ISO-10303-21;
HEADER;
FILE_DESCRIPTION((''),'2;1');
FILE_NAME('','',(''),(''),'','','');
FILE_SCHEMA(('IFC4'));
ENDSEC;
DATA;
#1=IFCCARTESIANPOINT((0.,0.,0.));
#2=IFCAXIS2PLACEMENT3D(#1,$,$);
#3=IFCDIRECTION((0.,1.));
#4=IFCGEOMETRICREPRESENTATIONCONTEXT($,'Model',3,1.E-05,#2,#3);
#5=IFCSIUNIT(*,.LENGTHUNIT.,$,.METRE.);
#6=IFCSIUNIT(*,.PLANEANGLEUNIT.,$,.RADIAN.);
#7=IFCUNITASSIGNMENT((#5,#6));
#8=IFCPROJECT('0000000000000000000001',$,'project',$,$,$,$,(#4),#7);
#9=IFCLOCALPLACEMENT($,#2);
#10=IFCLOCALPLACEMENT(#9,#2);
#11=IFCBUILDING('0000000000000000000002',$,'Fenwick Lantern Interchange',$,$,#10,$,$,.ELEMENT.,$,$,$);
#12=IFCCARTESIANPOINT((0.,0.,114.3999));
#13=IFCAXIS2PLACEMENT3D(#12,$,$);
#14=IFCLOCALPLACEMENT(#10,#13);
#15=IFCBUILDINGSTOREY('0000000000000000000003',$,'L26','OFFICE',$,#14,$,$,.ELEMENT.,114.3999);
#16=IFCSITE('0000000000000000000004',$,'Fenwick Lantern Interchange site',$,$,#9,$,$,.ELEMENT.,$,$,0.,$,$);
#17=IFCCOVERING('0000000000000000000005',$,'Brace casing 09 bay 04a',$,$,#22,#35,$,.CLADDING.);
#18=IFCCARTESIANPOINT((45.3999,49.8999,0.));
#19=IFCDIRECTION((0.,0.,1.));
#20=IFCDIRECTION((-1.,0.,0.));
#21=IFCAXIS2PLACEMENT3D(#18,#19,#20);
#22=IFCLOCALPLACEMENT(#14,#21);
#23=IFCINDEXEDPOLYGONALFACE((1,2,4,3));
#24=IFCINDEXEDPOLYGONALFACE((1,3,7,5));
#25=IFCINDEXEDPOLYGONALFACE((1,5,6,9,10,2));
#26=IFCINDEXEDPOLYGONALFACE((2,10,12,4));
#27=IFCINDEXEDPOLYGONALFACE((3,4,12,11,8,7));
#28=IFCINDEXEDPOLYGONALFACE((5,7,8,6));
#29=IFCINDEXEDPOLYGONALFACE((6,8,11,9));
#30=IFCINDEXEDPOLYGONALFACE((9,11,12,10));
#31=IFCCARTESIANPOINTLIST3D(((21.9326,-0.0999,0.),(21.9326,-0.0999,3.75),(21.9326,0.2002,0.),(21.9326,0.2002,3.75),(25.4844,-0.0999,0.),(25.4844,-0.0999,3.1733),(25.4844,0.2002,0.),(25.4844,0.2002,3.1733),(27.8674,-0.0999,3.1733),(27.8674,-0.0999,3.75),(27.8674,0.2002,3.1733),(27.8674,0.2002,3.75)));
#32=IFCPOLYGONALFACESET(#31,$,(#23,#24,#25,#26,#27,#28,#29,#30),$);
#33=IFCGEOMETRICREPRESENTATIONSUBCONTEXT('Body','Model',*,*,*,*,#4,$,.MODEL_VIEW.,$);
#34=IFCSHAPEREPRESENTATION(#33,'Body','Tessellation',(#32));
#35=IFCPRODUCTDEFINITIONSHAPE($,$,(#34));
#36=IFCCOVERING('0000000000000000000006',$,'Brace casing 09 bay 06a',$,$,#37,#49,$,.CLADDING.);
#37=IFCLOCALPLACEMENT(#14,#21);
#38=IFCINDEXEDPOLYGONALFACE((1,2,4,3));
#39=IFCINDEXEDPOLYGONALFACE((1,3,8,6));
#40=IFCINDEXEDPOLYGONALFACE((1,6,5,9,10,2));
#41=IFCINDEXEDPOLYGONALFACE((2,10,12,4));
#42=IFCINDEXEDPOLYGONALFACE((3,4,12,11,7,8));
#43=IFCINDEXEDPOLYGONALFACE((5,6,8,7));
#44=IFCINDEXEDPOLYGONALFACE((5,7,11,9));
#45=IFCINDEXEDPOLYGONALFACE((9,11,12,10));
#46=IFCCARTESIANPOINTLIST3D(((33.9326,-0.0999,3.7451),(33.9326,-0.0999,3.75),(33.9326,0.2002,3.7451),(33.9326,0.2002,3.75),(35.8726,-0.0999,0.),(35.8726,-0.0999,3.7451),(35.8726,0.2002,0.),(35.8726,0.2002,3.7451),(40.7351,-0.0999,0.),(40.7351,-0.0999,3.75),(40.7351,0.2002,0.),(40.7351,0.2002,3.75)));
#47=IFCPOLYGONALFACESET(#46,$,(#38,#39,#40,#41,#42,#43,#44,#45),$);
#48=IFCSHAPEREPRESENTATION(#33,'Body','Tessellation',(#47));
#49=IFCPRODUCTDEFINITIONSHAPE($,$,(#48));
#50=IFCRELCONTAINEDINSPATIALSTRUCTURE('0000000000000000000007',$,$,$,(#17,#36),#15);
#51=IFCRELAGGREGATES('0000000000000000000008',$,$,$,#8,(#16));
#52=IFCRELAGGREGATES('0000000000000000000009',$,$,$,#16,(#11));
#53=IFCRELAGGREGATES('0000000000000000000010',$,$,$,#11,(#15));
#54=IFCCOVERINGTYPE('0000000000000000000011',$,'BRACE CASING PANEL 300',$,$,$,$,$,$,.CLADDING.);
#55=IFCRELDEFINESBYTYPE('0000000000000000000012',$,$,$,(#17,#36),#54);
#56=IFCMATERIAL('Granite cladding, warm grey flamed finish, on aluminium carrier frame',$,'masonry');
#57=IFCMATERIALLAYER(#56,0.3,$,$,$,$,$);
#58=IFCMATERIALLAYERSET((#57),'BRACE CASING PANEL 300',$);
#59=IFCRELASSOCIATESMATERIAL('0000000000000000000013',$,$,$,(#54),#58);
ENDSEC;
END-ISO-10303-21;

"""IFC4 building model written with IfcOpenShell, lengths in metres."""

from ifc_helpers import new_model, si_unit, direction, frame, origin, place, context, subcontext, project, spatial, polyline, outline, extrude, material, layer, layer_set, type_object, element, save


model = new_model("IFC4")

# Units and contexts
model_context = context("Model", 3, precision=1e-05, world=origin(), true_north=direction((0.0, 1.0)))
body_context = subcontext(model_context, "Body", "Model", "MODEL_VIEW")
ifc_project = project(units=[si_unit("LENGTHUNIT", "METRE"), si_unit("PLANEANGLEUNIT", "RADIAN")], contexts=[model_context])

# Site, building, storey
site_placement = place(None, origin())
site = spatial("IfcSite", under=ifc_project, at=site_placement, Name="Fenwick Lantern Interchange site", CompositionType="ELEMENT", RefElevation=0.0)
building_placement = place(site_placement, origin())
building = spatial("IfcBuilding", under=site, at=building_placement, Name="Fenwick Lantern Interchange", CompositionType="ELEMENT")
storey_placement = place(building_placement, frame((0.0, 0.0, 114.3999)))
storey = spatial("IfcBuildingStorey", under=building, at=storey_placement, Name="L26", Description="OFFICE", CompositionType="ELEMENT", Elevation=114.3999)

# Coverings
ifc_material_1 = material(Name="Granite cladding, warm grey flamed finish, on aluminium carrier frame", Category="masonry")
ifc_layer_1 = layer(ifc_material_1, 0.3)
ifc_layer_set_1 = layer_set([ifc_layer_1], Name="BRACE CASING PANEL 300")
covering_type = type_object("IfcCoveringType", Name="BRACE CASING PANEL 300", PredefinedType="CLADDING", material=ifc_layer_set_1)
covering_1_placement = place(storey_placement, frame((45.3999, 49.8999, 0.0), z_axis=(0.0, 0.0, 1.0), x_axis=(-1.0, 0.0, 0.0)))
element("IfcCovering", 1, at=covering_1_placement, inside=storey, type_object=covering_type, Name="Brace casing 09 bay 04a", PredefinedType="CLADDING", context=body_context, shape_type="SweptSolid", body=[
    extrude(outline(polyline([(21.9326, 0.0), (25.4844, 0.0), (25.4844, 3.1733), (27.8674, 3.1733), (27.8674, 3.75), (21.9326, 3.75), (21.9326, 0.0)])), frame((0.0, 0.2002, 0.0), z_axis=(0.0, -1.0, 0.0), x_axis=(1.0, 0.0, 0.0)), (0.0, 0.0, 1.0), 0.3),
])
covering_2_placement = place(storey_placement, frame((45.3999, 49.8999, 0.0), z_axis=(0.0, 0.0, 1.0), x_axis=(-1.0, 0.0, 0.0)))
element("IfcCovering", 2, at=covering_2_placement, inside=storey, type_object=covering_type, Name="Brace casing 09 bay 06a", PredefinedType="CLADDING", context=body_context, shape_type="SweptSolid", body=[
    extrude(outline(polyline([(35.8726, 0.0), (40.7351, 0.0), (40.7351, 3.75), (33.9326, 3.75), (33.9326, 3.7451), (35.8726, 3.7451), (35.8726, 0.0)])), frame((0.0, 0.2002, 0.0), z_axis=(0.0, -1.0, 0.0), x_axis=(1.0, 0.0, 0.0)), (0.0, 0.0, 1.0), 0.3),
])

save(model, "model.ifc")
